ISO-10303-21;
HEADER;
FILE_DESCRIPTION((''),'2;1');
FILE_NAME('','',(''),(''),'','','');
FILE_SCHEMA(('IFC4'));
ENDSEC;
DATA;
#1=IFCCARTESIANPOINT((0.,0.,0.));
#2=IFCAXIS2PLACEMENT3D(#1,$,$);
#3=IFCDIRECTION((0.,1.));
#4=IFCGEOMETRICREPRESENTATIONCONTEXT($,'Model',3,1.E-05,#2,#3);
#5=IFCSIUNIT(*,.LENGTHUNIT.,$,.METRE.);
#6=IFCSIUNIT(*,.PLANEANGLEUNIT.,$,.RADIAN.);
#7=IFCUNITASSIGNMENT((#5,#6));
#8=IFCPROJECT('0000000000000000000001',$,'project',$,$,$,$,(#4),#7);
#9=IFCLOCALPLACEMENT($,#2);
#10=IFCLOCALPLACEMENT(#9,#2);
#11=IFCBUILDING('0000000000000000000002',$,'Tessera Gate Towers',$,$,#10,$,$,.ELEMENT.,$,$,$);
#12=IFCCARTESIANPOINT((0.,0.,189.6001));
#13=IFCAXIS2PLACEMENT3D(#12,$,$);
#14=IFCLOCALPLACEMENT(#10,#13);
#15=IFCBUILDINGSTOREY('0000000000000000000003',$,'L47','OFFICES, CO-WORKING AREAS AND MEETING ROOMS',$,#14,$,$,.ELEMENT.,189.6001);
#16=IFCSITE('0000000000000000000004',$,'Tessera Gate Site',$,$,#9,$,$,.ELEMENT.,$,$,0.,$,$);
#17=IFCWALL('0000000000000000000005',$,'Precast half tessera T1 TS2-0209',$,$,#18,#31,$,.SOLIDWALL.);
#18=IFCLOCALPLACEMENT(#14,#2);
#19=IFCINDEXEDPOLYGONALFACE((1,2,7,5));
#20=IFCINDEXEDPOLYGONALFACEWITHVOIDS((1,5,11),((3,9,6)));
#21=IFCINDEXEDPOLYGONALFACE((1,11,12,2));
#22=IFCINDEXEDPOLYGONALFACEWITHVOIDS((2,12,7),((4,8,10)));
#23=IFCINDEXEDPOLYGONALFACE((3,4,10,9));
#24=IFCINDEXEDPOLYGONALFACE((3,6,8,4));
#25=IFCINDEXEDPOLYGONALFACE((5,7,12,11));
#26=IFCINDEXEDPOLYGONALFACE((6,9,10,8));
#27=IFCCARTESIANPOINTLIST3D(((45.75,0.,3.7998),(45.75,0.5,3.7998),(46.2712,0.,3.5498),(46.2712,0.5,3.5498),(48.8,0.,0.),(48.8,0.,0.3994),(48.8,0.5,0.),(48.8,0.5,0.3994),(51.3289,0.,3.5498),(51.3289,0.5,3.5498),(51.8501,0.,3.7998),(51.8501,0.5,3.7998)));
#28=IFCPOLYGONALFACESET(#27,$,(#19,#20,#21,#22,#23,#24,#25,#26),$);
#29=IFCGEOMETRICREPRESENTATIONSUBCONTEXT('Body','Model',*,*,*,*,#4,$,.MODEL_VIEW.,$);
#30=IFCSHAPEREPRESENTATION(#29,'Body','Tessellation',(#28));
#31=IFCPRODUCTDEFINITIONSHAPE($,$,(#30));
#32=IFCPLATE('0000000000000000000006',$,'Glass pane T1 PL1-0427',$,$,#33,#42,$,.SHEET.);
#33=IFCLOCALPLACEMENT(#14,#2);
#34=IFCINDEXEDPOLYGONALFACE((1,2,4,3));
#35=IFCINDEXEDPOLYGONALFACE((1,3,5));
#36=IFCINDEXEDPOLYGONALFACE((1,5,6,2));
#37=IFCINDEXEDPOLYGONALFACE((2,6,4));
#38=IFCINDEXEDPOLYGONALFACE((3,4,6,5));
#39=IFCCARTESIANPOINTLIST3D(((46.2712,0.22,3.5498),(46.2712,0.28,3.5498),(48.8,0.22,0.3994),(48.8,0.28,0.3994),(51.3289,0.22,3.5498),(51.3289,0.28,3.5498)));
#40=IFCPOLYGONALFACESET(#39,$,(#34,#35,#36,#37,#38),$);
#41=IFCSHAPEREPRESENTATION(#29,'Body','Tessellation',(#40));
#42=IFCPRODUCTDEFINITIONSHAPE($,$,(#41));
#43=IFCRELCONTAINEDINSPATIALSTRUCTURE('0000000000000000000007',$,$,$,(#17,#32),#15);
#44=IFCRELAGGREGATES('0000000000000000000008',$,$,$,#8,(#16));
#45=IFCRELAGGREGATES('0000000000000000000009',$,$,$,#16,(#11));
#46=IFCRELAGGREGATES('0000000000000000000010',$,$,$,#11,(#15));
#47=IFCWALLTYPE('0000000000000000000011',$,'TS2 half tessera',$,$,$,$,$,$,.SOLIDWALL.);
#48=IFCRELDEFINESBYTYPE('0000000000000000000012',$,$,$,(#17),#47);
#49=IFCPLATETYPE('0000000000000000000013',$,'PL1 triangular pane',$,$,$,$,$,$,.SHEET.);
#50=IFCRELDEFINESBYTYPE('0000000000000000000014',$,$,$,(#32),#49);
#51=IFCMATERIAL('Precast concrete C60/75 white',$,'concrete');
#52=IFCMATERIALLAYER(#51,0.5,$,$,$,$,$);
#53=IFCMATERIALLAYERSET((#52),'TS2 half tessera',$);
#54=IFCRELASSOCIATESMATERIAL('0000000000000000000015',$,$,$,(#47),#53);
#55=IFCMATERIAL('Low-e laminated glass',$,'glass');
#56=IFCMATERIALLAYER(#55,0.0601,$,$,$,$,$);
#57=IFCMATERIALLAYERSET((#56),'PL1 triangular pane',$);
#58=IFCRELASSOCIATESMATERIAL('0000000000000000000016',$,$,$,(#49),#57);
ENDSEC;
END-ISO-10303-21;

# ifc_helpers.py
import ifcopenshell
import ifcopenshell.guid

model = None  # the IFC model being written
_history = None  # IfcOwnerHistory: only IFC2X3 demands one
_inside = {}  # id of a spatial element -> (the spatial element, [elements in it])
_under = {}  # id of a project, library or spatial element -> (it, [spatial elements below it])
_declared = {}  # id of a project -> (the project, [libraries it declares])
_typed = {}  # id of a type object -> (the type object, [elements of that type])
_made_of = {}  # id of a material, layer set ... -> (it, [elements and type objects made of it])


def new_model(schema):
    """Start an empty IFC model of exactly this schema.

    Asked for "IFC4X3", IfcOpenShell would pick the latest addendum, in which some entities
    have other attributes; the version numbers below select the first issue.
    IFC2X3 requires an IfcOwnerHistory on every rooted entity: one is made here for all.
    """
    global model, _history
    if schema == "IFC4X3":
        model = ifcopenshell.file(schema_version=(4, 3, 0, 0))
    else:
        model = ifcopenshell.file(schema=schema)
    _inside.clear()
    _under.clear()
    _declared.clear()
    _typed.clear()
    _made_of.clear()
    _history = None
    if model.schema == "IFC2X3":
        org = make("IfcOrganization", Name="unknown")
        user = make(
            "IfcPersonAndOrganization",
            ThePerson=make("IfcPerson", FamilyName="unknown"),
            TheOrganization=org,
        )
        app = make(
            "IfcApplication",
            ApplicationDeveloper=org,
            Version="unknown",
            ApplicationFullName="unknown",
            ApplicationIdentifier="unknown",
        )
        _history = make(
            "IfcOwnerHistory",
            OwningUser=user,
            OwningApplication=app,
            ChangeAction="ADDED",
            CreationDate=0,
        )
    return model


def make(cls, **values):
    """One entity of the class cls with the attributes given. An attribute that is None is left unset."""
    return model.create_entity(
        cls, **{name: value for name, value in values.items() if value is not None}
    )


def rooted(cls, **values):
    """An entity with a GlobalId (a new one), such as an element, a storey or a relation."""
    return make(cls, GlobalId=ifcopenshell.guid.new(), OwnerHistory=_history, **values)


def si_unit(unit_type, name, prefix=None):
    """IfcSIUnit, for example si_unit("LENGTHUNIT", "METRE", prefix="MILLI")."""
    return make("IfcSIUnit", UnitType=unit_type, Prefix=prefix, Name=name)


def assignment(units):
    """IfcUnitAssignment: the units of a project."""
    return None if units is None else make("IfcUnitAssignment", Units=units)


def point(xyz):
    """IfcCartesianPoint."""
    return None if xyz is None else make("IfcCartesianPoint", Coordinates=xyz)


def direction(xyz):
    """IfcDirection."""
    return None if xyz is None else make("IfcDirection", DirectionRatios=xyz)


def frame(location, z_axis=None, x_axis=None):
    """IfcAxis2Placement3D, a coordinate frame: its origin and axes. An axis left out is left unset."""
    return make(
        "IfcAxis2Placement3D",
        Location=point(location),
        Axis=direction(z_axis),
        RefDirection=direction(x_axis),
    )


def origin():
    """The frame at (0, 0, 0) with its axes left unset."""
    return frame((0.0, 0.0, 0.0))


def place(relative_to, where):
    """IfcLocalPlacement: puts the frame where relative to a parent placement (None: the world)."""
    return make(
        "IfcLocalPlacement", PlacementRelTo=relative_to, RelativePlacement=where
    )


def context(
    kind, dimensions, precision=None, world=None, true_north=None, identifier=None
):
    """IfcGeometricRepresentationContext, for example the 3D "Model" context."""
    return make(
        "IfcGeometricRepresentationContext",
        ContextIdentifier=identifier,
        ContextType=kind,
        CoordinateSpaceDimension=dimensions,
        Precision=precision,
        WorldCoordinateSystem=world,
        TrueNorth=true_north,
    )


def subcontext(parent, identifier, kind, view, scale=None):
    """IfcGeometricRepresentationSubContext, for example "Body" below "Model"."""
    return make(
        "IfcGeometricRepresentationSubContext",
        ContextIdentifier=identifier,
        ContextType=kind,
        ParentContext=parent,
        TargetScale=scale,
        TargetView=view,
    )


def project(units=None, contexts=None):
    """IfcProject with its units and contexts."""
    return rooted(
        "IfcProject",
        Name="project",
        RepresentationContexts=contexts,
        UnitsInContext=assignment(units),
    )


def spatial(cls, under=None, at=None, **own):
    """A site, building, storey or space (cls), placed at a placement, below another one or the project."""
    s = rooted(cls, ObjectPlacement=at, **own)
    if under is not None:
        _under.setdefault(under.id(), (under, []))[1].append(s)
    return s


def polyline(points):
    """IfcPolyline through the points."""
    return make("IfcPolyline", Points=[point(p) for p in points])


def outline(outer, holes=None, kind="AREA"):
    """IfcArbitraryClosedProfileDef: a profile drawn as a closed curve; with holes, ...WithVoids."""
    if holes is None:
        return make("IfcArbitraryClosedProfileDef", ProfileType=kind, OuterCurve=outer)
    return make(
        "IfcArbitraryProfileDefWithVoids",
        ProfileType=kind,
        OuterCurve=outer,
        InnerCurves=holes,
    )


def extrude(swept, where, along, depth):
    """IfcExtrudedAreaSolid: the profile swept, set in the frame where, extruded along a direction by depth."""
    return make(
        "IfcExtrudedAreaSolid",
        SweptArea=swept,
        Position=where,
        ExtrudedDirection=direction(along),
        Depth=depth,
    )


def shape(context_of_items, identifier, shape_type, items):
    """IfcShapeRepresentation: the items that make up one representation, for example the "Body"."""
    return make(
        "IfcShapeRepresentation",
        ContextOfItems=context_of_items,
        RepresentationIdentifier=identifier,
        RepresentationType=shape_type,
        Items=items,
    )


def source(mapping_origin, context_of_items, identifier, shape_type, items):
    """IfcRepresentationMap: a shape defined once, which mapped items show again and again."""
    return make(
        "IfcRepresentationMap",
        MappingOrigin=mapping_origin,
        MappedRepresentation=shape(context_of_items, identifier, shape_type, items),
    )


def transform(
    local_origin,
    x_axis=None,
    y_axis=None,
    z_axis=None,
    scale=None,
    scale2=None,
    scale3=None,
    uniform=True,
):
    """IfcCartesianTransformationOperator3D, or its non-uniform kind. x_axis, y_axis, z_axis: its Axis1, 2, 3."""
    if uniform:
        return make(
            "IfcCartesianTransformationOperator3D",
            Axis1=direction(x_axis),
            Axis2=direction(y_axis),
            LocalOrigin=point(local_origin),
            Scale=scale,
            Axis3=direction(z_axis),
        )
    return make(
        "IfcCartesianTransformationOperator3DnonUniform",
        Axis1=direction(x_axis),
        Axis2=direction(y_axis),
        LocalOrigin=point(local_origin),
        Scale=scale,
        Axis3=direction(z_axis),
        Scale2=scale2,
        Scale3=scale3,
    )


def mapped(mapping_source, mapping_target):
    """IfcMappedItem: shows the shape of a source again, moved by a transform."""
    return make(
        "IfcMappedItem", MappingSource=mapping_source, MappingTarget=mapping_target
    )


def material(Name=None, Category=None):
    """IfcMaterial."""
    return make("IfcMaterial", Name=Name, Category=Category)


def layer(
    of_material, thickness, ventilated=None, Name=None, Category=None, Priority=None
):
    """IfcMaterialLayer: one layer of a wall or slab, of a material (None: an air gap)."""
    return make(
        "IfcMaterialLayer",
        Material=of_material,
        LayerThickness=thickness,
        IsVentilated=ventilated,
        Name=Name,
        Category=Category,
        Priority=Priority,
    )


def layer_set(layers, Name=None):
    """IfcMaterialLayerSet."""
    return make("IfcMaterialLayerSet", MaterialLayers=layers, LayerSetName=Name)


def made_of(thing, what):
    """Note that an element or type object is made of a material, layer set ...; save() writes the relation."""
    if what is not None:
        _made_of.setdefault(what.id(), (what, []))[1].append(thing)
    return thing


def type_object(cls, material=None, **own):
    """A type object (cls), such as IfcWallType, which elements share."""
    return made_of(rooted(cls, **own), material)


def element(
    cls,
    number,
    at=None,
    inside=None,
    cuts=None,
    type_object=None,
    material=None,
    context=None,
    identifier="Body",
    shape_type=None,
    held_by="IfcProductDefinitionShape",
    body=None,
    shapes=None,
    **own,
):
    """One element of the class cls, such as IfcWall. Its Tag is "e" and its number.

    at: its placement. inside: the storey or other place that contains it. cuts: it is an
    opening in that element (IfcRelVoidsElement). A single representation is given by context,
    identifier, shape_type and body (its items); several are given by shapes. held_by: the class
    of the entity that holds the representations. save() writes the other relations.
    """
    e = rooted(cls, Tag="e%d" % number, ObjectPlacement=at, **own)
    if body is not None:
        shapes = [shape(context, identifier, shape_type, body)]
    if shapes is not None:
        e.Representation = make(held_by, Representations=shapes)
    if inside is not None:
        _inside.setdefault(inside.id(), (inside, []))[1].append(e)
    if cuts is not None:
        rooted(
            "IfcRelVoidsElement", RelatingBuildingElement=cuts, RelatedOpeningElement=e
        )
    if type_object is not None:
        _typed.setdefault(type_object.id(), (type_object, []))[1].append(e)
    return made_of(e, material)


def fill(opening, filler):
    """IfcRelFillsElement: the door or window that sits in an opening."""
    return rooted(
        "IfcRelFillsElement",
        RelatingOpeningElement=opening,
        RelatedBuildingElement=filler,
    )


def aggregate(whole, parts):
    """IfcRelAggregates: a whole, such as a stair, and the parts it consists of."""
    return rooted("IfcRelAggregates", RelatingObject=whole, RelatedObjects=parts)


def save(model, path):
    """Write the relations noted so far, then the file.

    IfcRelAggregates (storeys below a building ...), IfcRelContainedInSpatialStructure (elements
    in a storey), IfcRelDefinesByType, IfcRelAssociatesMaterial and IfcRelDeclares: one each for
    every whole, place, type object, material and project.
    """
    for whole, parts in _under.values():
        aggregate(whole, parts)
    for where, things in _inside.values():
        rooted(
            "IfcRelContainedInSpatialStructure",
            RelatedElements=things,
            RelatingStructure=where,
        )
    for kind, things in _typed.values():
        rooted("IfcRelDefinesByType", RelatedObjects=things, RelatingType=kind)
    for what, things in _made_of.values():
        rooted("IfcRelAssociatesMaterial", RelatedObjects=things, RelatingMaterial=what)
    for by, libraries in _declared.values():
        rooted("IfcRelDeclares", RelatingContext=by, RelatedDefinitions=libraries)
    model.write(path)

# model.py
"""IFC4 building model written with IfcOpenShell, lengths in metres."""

from ifc_helpers import new_model, si_unit, direction, frame, origin, place, context, subcontext, project, spatial, polyline, outline, extrude, source, transform, mapped, material, layer, layer_set, type_object, element, fill, save


model = new_model("IFC4")

# Units and contexts
model_context = context("Model", 3, precision=1e-05, world=origin(), true_north=direction((0.0, 1.0)))
body_context = subcontext(model_context, "Body", "Model", "MODEL_VIEW")
ifc_project = project(units=[si_unit("LENGTHUNIT", "METRE"), si_unit("PLANEANGLEUNIT", "RADIAN")], contexts=[model_context])

# Site, building, storey
site_placement = place(None, origin())
site = spatial("IfcSite", under=ifc_project, at=site_placement, Name="Tessera Gate Site", CompositionType="ELEMENT", RefElevation=0.0)
building_placement = place(site_placement, origin())
building = spatial("IfcBuilding", under=site, at=building_placement, Name="Tessera Gate Towers", CompositionType="ELEMENT")
storey_placement = place(building_placement, frame((0.0, 0.0, 189.6001)))
storey = spatial("IfcBuildingStorey", under=building, at=storey_placement, Name="L47", Description="OFFICES, CO-WORKING AREAS AND MEETING ROOMS", CompositionType="ELEMENT", Elevation=189.6001)

# Wall, opening, plate
ifc_material_1 = material(Name="Precast concrete C60/75 white", Category="concrete")
ifc_layer_1 = layer(ifc_material_1, 0.5)
ifc_layer_set_1 = layer_set([ifc_layer_1], Name="TS2 half tessera")
wall_type_1 = type_object("IfcWallType", Name="TS2 half tessera", PredefinedType="SOLIDWALL", material=ifc_layer_set_1)
shared_shape_1 = source(origin(), body_context, "Body", "SweptSolid", [
    extrude(outline(polyline([(3.05, 0.0), (6.1001, 3.7998), (0.0, 3.7998), (3.05, 0.0)])), frame((0.0, 0.25, 0.0), z_axis=(0.0, -1.0, 0.0), x_axis=(1.0, 0.0, 0.0)), (0.0, 0.0, 1.0), 0.5),
])
shared_shape_2 = source(origin(), body_context, "Body", "SweptSolid", [
    extrude(outline(polyline([(3.05, 0.3994), (5.5789, 3.5498), (0.5212, 3.5498), (3.05, 0.3994)])), frame((0.0, 0.26, 0.0), z_axis=(0.0, -1.0, 0.0), x_axis=(1.0, 0.0, 0.0)), (0.0, 0.0, 1.0), 0.52),
])
ifc_material_2 = material(Name="Low-e laminated glass", Category="glass")
ifc_layer_2 = layer(ifc_material_2, 0.0601)
ifc_layer_set_2 = layer_set([ifc_layer_2], Name="PL1 triangular pane")
plate_type_1 = type_object("IfcPlateType", Name="PL1 triangular pane", PredefinedType="SHEET", material=ifc_layer_set_2)
shared_shape_3 = source(origin(), body_context, "Body", "SweptSolid", [
    extrude(outline(polyline([(3.05, 0.3994), (5.5789, 3.5498), (0.5212, 3.5498), (3.05, 0.3994)])), frame((0.0, 0.03, 0.0), z_axis=(0.0, -1.0, 0.0), x_axis=(1.0, 0.0, 0.0)), (0.0, 0.0, 1.0), 0.0601),
])
wall_1_placement = place(storey_placement, frame((45.75, 0.25, 0.0), z_axis=(0.0, 0.0, 1.0), x_axis=(1.0, 0.0, 0.0)))
wall_1 = element("IfcWall", 1, at=wall_1_placement, inside=storey, type_object=wall_type_1, Name="Precast half tessera T1 TS2-0209", PredefinedType="SOLIDWALL", context=body_context, shape_type="MappedRepresentation", body=[
    mapped(shared_shape_1, transform((0.0, 0.0, 0.0), scale=1.0)),
])
opening_1_placement = place(wall_1_placement, origin())
opening_1 = element("IfcOpeningElement", 2, at=opening_1_placement, cuts=wall_1, PredefinedType="OPENING", context=body_context, shape_type="MappedRepresentation", body=[
    mapped(shared_shape_2, transform((0.0, 0.0, 0.0), scale=1.0)),
])
plate_1_placement = place(opening_1_placement, origin())
plate_1 = element("IfcPlate", 3, at=plate_1_placement, inside=storey, type_object=plate_type_1, Name="Glass pane T1 PL1-0427", PredefinedType="SHEET", context=body_context, shape_type="MappedRepresentation", body=[
    mapped(shared_shape_3, transform((0.0, 0.0, 0.0), scale=1.0)),
])
fill(opening_1, plate_1)

save(model, "model.ifc")
